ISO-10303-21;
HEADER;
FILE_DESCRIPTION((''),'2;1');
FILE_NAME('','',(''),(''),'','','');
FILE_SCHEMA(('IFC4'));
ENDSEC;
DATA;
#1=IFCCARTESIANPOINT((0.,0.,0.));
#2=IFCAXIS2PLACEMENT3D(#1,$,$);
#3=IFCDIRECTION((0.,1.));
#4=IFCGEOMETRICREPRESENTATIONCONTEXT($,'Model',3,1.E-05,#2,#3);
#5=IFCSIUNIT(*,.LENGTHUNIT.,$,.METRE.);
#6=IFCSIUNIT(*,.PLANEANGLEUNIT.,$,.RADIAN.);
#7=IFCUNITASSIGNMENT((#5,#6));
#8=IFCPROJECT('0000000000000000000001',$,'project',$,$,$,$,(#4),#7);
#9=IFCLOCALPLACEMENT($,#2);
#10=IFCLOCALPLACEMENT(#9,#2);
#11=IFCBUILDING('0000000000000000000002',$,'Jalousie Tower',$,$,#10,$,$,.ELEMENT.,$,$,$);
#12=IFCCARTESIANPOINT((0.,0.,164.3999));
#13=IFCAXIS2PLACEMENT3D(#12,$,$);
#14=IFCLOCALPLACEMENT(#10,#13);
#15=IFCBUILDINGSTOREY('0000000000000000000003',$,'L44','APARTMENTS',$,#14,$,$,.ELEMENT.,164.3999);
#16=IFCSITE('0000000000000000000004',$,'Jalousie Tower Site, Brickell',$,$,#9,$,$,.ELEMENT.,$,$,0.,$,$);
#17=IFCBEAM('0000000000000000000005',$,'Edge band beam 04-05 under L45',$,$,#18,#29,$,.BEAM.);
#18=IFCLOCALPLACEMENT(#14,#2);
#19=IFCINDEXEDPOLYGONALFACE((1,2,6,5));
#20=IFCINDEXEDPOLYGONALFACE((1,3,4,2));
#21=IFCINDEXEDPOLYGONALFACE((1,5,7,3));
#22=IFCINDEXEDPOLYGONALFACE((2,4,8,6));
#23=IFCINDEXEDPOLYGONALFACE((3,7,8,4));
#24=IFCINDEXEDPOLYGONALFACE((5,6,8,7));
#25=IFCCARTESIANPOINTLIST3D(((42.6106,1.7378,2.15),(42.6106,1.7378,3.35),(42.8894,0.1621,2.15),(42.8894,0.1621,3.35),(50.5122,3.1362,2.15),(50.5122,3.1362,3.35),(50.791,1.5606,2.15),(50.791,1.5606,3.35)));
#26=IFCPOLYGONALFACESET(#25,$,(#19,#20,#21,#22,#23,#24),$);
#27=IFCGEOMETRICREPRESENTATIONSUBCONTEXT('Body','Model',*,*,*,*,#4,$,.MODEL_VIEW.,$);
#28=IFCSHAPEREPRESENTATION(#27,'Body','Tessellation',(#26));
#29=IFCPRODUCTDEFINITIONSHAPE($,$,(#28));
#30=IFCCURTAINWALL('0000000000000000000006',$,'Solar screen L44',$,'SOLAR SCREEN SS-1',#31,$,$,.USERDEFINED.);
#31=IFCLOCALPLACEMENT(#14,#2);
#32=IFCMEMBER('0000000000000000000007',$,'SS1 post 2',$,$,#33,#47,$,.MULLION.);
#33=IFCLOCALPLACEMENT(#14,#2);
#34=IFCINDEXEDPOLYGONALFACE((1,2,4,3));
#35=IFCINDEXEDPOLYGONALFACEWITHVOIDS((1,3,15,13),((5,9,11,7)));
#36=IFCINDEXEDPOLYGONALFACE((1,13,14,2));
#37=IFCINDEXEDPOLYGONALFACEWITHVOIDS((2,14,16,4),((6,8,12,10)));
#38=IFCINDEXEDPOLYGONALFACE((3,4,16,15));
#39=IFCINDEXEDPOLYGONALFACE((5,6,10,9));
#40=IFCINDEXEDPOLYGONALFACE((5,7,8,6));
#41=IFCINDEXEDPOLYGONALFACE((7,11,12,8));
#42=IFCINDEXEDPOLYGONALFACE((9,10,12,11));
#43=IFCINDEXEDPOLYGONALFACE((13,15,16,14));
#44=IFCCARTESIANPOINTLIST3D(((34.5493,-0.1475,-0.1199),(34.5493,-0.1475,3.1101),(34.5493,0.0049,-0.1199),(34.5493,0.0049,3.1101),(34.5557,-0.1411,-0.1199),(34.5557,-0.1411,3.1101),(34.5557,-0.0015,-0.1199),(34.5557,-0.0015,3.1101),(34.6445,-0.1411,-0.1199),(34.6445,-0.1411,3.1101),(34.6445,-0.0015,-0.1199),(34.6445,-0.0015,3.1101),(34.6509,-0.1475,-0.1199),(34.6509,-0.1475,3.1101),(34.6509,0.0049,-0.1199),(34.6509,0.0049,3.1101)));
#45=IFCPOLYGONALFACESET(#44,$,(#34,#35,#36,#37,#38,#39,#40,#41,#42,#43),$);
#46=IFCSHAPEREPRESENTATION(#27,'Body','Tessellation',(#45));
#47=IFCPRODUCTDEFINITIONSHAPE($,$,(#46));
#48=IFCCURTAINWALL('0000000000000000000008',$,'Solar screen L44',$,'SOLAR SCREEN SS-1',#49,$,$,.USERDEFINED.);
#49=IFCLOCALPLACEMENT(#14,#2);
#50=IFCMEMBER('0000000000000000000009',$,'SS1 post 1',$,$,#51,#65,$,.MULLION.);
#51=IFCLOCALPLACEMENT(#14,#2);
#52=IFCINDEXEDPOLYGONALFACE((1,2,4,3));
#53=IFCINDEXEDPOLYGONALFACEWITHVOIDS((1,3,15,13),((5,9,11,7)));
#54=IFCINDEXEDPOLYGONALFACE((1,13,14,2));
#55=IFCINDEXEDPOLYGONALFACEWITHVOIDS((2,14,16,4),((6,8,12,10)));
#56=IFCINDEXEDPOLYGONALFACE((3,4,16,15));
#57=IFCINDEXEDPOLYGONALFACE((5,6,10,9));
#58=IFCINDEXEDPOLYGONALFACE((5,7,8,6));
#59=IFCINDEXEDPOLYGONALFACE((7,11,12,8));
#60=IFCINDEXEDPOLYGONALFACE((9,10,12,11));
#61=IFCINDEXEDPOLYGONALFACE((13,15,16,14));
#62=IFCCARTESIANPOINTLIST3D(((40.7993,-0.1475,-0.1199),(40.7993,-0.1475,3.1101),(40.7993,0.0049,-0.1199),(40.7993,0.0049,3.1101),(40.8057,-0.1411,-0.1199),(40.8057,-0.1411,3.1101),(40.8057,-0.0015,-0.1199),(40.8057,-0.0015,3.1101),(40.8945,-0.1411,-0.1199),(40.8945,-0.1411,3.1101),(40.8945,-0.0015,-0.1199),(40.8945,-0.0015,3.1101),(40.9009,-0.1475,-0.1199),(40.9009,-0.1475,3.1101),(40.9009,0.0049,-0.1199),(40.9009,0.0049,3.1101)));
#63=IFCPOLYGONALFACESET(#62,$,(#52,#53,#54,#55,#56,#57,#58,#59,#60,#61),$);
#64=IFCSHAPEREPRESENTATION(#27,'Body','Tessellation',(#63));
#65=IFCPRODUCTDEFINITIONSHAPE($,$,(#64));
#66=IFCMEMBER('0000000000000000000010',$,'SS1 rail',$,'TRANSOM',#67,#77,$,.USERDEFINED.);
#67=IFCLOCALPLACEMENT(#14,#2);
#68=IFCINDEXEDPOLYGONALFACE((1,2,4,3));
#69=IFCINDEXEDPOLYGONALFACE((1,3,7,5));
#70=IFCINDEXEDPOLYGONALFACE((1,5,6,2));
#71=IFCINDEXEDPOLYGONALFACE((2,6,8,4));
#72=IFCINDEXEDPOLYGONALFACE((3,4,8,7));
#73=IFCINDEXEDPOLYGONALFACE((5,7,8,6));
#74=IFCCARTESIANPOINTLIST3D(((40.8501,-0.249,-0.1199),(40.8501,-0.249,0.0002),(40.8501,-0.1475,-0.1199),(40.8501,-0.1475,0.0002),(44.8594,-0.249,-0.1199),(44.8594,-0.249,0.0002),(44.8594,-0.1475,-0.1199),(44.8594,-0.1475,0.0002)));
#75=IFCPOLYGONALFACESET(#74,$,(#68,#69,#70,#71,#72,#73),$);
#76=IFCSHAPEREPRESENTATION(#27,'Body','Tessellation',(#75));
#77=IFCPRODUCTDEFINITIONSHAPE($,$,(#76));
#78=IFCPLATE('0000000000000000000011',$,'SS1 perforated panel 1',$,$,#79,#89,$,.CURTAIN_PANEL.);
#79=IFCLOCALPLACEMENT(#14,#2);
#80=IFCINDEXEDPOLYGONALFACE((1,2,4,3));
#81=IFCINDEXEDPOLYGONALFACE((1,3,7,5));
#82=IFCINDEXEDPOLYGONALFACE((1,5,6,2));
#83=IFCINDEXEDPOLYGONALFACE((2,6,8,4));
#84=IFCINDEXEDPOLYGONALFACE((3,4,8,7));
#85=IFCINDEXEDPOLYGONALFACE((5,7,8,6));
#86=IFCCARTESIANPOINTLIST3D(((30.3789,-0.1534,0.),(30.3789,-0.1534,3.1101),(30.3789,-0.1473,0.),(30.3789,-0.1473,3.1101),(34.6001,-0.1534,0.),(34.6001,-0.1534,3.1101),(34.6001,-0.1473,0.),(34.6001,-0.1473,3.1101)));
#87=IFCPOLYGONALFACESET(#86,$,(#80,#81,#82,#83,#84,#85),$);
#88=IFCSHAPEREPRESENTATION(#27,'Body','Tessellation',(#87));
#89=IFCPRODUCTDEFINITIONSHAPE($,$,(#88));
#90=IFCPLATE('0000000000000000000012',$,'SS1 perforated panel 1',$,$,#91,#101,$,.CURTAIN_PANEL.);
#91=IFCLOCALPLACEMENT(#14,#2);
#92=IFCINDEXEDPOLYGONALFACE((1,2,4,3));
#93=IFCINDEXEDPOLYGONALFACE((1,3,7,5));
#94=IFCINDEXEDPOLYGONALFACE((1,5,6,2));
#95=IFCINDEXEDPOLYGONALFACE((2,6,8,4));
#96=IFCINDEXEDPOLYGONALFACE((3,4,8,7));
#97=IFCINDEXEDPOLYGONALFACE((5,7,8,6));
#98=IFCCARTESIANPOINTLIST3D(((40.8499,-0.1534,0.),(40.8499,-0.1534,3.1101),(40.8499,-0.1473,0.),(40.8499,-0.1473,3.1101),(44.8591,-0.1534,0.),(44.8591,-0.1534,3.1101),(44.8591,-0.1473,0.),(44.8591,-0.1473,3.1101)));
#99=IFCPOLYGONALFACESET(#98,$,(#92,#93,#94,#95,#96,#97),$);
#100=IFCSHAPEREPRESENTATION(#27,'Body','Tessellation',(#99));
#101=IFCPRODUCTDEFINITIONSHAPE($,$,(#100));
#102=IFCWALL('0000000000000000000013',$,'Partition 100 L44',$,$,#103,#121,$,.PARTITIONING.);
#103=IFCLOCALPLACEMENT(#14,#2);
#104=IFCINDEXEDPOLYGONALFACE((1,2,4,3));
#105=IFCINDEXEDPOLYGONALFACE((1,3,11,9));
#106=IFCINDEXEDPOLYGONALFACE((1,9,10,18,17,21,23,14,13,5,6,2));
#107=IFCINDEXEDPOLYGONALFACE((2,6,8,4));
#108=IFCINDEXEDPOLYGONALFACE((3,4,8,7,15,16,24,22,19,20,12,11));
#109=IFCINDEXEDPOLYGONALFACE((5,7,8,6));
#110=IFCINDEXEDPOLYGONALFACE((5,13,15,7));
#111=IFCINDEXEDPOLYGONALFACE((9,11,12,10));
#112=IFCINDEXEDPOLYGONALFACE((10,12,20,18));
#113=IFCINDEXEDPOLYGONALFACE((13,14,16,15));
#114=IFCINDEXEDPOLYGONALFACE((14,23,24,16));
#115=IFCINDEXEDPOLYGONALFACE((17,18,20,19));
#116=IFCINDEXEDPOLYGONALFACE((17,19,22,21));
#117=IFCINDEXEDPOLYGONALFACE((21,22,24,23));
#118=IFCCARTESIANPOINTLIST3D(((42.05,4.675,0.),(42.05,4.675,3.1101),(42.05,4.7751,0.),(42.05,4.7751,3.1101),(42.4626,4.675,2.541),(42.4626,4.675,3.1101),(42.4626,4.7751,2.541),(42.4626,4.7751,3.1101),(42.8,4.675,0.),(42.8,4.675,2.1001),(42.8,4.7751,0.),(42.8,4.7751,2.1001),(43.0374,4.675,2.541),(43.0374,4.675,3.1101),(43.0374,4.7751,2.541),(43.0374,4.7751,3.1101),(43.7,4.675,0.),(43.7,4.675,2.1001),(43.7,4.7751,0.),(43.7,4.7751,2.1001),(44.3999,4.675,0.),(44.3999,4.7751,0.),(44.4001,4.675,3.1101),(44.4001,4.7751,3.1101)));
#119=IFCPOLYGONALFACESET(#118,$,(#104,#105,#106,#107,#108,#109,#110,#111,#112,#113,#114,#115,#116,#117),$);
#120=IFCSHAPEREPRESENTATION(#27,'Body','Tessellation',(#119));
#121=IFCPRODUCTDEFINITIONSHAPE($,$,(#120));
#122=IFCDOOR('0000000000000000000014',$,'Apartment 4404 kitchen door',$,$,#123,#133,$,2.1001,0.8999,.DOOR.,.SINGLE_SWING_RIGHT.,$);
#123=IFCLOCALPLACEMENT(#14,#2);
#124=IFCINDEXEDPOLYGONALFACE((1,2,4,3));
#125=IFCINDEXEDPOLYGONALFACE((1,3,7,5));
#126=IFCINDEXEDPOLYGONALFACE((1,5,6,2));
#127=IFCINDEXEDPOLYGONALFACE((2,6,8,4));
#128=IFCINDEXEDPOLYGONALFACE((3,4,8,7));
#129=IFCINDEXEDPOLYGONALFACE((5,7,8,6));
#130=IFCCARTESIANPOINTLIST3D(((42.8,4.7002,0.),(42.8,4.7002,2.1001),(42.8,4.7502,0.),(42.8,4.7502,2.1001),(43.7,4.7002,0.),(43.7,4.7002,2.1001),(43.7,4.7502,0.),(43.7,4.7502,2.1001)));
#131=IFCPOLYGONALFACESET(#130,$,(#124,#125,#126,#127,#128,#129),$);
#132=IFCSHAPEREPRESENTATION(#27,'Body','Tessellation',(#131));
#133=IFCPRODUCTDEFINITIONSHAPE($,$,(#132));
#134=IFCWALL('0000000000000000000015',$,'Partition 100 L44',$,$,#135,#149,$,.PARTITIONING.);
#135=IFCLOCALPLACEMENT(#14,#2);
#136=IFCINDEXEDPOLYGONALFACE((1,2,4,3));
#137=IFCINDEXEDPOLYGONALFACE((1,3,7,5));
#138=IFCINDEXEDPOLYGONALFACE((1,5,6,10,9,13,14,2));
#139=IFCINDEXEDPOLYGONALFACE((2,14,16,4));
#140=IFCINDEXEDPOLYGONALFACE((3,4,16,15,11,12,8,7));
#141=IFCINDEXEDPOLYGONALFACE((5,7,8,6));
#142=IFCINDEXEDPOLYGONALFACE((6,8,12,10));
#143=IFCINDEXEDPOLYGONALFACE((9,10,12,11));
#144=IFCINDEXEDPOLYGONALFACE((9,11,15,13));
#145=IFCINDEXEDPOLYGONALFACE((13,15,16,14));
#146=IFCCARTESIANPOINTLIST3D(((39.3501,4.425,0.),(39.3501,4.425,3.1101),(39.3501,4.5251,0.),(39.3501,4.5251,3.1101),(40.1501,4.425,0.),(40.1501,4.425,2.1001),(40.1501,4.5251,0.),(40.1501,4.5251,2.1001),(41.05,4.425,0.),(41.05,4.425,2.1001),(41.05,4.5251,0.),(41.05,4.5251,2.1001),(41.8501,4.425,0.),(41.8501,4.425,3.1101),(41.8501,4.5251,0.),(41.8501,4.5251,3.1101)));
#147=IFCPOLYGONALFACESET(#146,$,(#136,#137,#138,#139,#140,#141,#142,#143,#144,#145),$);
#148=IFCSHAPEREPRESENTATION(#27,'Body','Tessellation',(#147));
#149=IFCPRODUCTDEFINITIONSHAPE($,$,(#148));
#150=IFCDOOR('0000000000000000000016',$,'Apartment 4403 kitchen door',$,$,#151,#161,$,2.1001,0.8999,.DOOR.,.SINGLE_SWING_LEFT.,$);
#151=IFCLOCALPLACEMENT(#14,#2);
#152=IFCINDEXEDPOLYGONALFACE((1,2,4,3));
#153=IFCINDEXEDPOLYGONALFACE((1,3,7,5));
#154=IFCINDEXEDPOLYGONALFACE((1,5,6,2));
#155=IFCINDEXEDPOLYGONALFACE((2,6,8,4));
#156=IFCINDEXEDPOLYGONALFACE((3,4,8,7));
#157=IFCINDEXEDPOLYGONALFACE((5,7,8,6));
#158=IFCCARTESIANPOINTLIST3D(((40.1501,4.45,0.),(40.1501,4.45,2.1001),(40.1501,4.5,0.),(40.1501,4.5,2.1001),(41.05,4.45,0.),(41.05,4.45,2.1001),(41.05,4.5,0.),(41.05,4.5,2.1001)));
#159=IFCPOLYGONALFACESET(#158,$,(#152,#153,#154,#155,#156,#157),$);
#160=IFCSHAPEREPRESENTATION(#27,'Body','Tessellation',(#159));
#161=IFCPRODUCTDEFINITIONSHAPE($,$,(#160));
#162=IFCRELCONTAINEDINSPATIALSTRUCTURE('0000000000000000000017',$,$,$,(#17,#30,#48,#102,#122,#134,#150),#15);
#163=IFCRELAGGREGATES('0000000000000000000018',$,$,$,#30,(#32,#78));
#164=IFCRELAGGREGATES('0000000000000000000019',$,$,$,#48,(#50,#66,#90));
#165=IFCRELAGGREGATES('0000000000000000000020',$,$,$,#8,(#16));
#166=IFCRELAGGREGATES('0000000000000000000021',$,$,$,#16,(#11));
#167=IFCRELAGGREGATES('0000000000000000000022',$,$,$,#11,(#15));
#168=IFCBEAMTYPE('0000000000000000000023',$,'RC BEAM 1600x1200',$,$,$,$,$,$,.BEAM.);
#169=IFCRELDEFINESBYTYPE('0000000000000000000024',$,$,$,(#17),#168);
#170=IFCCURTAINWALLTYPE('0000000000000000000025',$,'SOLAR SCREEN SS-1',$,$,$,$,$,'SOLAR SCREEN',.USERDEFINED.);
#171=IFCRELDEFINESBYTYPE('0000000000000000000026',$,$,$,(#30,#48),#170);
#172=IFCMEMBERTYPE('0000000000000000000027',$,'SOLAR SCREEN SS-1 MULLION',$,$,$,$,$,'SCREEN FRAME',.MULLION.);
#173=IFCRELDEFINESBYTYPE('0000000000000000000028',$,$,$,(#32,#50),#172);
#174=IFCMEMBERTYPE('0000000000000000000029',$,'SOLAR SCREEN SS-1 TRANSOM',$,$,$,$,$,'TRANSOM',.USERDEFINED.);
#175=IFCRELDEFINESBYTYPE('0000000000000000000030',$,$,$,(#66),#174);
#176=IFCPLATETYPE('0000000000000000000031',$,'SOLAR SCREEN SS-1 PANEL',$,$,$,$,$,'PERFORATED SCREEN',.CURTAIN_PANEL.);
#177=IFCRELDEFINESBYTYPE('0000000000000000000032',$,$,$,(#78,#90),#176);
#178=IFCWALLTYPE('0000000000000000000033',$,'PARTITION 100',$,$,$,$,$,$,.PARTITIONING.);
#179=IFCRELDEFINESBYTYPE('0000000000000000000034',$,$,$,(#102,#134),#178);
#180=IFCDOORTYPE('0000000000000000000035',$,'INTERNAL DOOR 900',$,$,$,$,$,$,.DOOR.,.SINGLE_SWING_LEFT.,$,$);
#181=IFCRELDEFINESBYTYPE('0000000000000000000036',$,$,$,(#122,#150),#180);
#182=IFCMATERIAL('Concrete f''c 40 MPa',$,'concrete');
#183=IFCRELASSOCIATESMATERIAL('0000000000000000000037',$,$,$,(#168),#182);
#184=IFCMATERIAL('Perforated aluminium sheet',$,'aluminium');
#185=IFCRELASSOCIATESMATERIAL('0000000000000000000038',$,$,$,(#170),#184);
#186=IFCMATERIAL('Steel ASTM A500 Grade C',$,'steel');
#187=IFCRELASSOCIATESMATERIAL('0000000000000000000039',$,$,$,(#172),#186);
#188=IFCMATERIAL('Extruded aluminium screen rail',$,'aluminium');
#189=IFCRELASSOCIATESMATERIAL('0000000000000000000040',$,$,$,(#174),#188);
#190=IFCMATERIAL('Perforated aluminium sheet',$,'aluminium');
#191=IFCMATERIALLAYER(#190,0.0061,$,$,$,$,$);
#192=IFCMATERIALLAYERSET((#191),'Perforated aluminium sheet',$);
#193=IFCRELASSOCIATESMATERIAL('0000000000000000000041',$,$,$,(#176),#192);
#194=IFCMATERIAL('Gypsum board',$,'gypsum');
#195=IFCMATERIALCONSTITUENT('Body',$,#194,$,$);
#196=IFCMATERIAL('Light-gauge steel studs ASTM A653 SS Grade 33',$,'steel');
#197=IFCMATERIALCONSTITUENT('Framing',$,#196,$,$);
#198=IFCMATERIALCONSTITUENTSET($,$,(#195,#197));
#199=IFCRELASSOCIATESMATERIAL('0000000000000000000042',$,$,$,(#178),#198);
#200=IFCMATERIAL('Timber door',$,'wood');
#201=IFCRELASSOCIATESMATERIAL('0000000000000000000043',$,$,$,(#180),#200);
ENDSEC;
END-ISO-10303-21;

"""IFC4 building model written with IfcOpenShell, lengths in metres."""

from ifc_helpers import new_model, si_unit, direction, frame, frame_2d, origin, origin_2d, place, context, subcontext, project, spatial, polyline, rectangle, hollow_rectangle, outline, extrude, material, layer, layer_set, constituent, constituent_set, material_profile, profile_set, type_object, element, fill, aggregate, save


model = new_model("IFC4")

# Units and contexts
model_context = context("Model", 3, precision=1e-05, world=origin(), true_north=direction((0.0, 1.0)))
body_context = subcontext(model_context, "Body", "Model", "MODEL_VIEW")
ifc_project = project(units=[si_unit("LENGTHUNIT", "METRE"), si_unit("PLANEANGLEUNIT", "RADIAN")], contexts=[model_context])

# Site, building, storey
site_placement = place(None, origin())
site = spatial("IfcSite", under=ifc_project, at=site_placement, Name="Jalousie Tower Site, Brickell", CompositionType="ELEMENT", RefElevation=0.0)
building_placement = place(site_placement, origin())
building = spatial("IfcBuilding", under=site, at=building_placement, Name="Jalousie Tower", CompositionType="ELEMENT")
storey_placement = place(building_placement, frame((0.0, 0.0, 164.3999)))
storey = spatial("IfcBuildingStorey", under=building, at=storey_placement, Name="L44", Description="APARTMENTS", CompositionType="ELEMENT", Elevation=164.3999)

# Beam
ifc_material_1 = material(Name="Concrete f'c 40 MPa", Category="concrete")
ifc_material_profile_1 = material_profile(ifc_material_1, rectangle(XDim=1.6001, YDim=1.2, at=origin_2d()), Name="RC 1600x1200")
ifc_profile_set_1 = profile_set([ifc_material_profile_1], Name="Concrete f'c 40 MPa")
beam_type_1 = type_object("IfcBeamType", Name="RC BEAM 1600x1200", PredefinedType="BEAM", material=ifc_profile_set_1)
beam_1_placement = place(storey_placement, frame((42.75, 0.95, 2.75), z_axis=(0.984697, 0.174273, 0.0), x_axis=(-0.174273, 0.984697, 0.0)))
element("IfcBeam", 1, at=beam_1_placement, inside=storey, type_object=beam_type_1, Name="Edge band beam 04-05 under L45", PredefinedType="BEAM", context=body_context, shape_type="SweptSolid", body=[
    extrude(rectangle(XDim=1.6001, YDim=1.2, at=origin_2d()), origin(), (0.0, 0.0, 1.0), 8.0244),
])

# Curtain wall, member
ifc_material_2 = material(Name="Perforated aluminium sheet", Category="aluminium")
curtain_wall_type = type_object("IfcCurtainWallType", Name="SOLAR SCREEN SS-1", ElementType="SOLAR SCREEN", PredefinedType="USERDEFINED", material=ifc_material_2)
curtain_wall_1_placement = place(storey_placement, origin())
curtain_wall_1 = element("IfcCurtainWall", 2, at=curtain_wall_1_placement, inside=storey, type_object=curtain_wall_type, Name="Solar screen L44", ObjectType="SOLAR SCREEN SS-1", PredefinedType="USERDEFINED")
ifc_material_3 = material(Name="Steel ASTM A500 Grade C", Category="steel")
ifc_material_profile_2 = material_profile(ifc_material_3, hollow_rectangle(XDim=0.1016, YDim=0.1523, WallThickness=0.0063, at=origin_2d()), Name="HSS6X4X1/4")
ifc_profile_set_2 = profile_set([ifc_material_profile_2], Name="Steel ASTM A500 Grade C")
member_type_1 = type_object("IfcMemberType", Name="SOLAR SCREEN SS-1 MULLION", ElementType="SCREEN FRAME", PredefinedType="MULLION", material=ifc_profile_set_2)
member_1_placement = place(storey_placement, frame((34.6001, -0.0713, -0.1199), z_axis=(0.0, 0.0, 1.0), x_axis=(1.0, 0.0, 0.0)))
member_1 = element("IfcMember", 3, at=member_1_placement, type_object=member_type_1, Name="SS1 post 2", PredefinedType="MULLION", context=body_context, shape_type="SweptSolid", body=[
    extrude(hollow_rectangle(XDim=0.1016, YDim=0.1523, WallThickness=0.0063, at=origin_2d()), origin(), (0.0, 0.0, 1.0), 3.23),
])

# Curtain wall, members
curtain_wall_2_placement = place(storey_placement, origin())
curtain_wall_2 = element("IfcCurtainWall", 4, at=curtain_wall_2_placement, inside=storey, type_object=curtain_wall_type, Name="Solar screen L44", ObjectType="SOLAR SCREEN SS-1", PredefinedType="USERDEFINED")
member_2_placement = place(storey_placement, frame((40.8501, -0.0713, -0.1199), z_axis=(0.0, 0.0, 1.0), x_axis=(1.0, 0.0, 0.0)))
member_2 = element("IfcMember", 5, at=member_2_placement, type_object=member_type_1, Name="SS1 post 1", PredefinedType="MULLION", context=body_context, shape_type="SweptSolid", body=[
    extrude(hollow_rectangle(XDim=0.1016, YDim=0.1523, WallThickness=0.0063, at=origin_2d()), origin(), (0.0, 0.0, 1.0), 3.23),
])
ifc_material_4 = material(Name="Extruded aluminium screen rail", Category="aluminium")
ifc_material_profile_3 = material_profile(ifc_material_4, rectangle(XDim=0.1016, YDim=0.1201, at=origin_2d()), Name="RAIL 102x120")
ifc_profile_set_3 = profile_set([ifc_material_profile_3], Name="Extruded aluminium screen rail")
member_type_2 = type_object("IfcMemberType", Name="SOLAR SCREEN SS-1 TRANSOM", ElementType="TRANSOM", PredefinedType="USERDEFINED", material=ifc_profile_set_3)
member_3_placement = place(storey_placement, frame((40.8501, -0.1982, -0.0598), z_axis=(1.0, 0.0, 0.0), x_axis=(0.0, 1.0, 0.0)))
member_3 = element("IfcMember", 6, at=member_3_placement, type_object=member_type_2, Name="SS1 rail", ObjectType="TRANSOM", PredefinedType="USERDEFINED", context=body_context, shape_type="SweptSolid", body=[
    extrude(rectangle(XDim=0.1016, YDim=0.1201, at=origin_2d()), origin(), (0.0, 0.0, 1.0), 4.0093),
])

# Plates
ifc_material_5 = material(Name="Perforated aluminium sheet", Category="aluminium")
ifc_layer_1 = layer(ifc_material_5, 0.0061)
ifc_layer_set_1 = layer_set([ifc_layer_1], Name="Perforated aluminium sheet")
plate_type = type_object("IfcPlateType", Name="SOLAR SCREEN SS-1 PANEL", ElementType="PERFORATED SCREEN", PredefinedType="CURTAIN_PANEL", material=ifc_layer_set_1)
plate_1_placement = place(storey_placement, frame((32.4895, -0.1504, 0.0), z_axis=(0.0, 0.0, 1.0), x_axis=(1.0, 0.0, 0.0)))
plate_1 = element("IfcPlate", 7, at=plate_1_placement, type_object=plate_type, Name="SS1 perforated panel 1", PredefinedType="CURTAIN_PANEL", context=body_context, shape_type="SweptSolid", body=[
    extrude(rectangle(XDim=4.2212, YDim=0.0061, at=origin_2d()), origin(), (0.0, 0.0, 1.0), 3.1101),
])
aggregate(curtain_wall_1, [member_1, plate_1])
plate_2_placement = place(storey_placement, frame((42.8545, -0.1504, 0.0), z_axis=(0.0, 0.0, 1.0), x_axis=(1.0, 0.0, 0.0)))
plate_2 = element("IfcPlate", 8, at=plate_2_placement, type_object=plate_type, Name="SS1 perforated panel 1", PredefinedType="CURTAIN_PANEL", context=body_context, shape_type="SweptSolid", body=[
    extrude(rectangle(XDim=4.0093, YDim=0.0061, at=origin_2d()), origin(), (0.0, 0.0, 1.0), 3.1101),
])
aggregate(curtain_wall_2, [member_2, member_3, plate_2])

# Walls, openings, doors
ifc_material_6 = material(Name="Gypsum board", Category="gypsum")
ifc_constituent_1 = constituent(ifc_material_6, Name="Body")
ifc_material_7 = material(Name="Light-gauge steel studs ASTM A653 SS Grade 33", Category="steel")
ifc_constituent_2 = constituent(ifc_material_7, Name="Framing")
ifc_constituent_set_1 = constituent_set(constituents=[ifc_constituent_1, ifc_constituent_2])
wall_type_1 = type_object("IfcWallType", Name="PARTITION 100", PredefinedType="PARTITIONING", material=ifc_constituent_set_1)
wall_1_placement = place(storey_placement, frame((42.05, 4.7251, 0.0), z_axis=(0.0, 0.0, 1.0), x_axis=(1.0, 0.0, 0.0)))
wall_1 = element("IfcWall", 9, at=wall_1_placement, inside=storey, type_object=wall_type_1, Name="Partition 100 L44", PredefinedType="PARTITIONING", context=body_context, shape_type="SweptSolid", body=[
    extrude(outline(polyline([(0.0, 0.0), (2.3499, 0.0), (2.3501, 3.1101), (0.9873, 3.1101), (0.9873, 2.541), (0.4126, 2.541), (0.4126, 3.1101), (0.0, 3.1101), (0.0, 0.0)])), frame((0.0, 0.05, 0.0), z_axis=(0.0, -1.0, 0.0), x_axis=(1.0, 0.0, 0.0)), (0.0, 0.0, 1.0), 0.1001),
])
opening_1_placement = place(wall_1_placement, frame((0.75, 0.0, 0.0)))
opening_1 = element("IfcOpeningElement", 10, at=opening_1_placement, cuts=wall_1, PredefinedType="OPENING", context=body_context, shape_type="SweptSolid", body=[
    extrude(rectangle(XDim=0.8999, YDim=2.1001, at=frame_2d((0.45, 1.05))), frame((0.0, 0.0601, 0.0), z_axis=(0.0, -1.0, 0.0), x_axis=(1.0, 0.0, 0.0)), (0.0, 0.0, 1.0), 0.1201),
])
ifc_material_8 = material(Name="Timber door", Category="wood")
door_type = type_object("IfcDoorType", Name="INTERNAL DOOR 900", OperationType="SINGLE_SWING_LEFT", PredefinedType="DOOR", material=ifc_material_8)
door_1_placement = place(opening_1_placement, frame((0.8999, 0.0, 0.0), z_axis=(0.0, 0.0, 1.0), x_axis=(-1.0, 0.0, 0.0)))
door_1 = element("IfcDoor", 11, at=door_1_placement, inside=storey, type_object=door_type, Name="Apartment 4404 kitchen door", OperationType="SINGLE_SWING_RIGHT", OverallHeight=2.1001, OverallWidth=0.8999, PredefinedType="DOOR", context=body_context, shape_type="SweptSolid", body=[
    extrude(rectangle(XDim=0.8999, YDim=2.1001, at=frame_2d((0.45, 1.05))), frame((0.0, 0.0249, 0.0), z_axis=(0.0, -1.0, 0.0), x_axis=(1.0, 0.0, 0.0)), (0.0, 0.0, 1.0), 0.05),
])
fill(opening_1, door_1)
wall_2_placement = place(storey_placement, frame((41.8501, 4.4751, 0.0), z_axis=(0.0, 0.0, 1.0), x_axis=(-1.0, 0.0, 0.0)))
wall_2 = element("IfcWall", 12, at=wall_2_placement, inside=storey, type_object=wall_type_1, Name="Partition 100 L44", PredefinedType="PARTITIONING", context=body_context, shape_type="SweptSolid", body=[
    extrude(rectangle(XDim=2.5, YDim=0.1001, at=frame_2d((1.25, 0.0))), origin(), (0.0, 0.0, 1.0), 3.1101),
])
opening_2_placement = place(wall_2_placement, frame((0.8, 0.0, 0.0)))
opening_2 = element("IfcOpeningElement", 13, at=opening_2_placement, cuts=wall_2, PredefinedType="OPENING", context=body_context, shape_type="SweptSolid", body=[
    extrude(rectangle(XDim=0.8999, YDim=2.1001, at=frame_2d((0.45, 1.05))), frame((0.0, 0.0601, 0.0), z_axis=(0.0, -1.0, 0.0), x_axis=(1.0, 0.0, 0.0)), (0.0, 0.0, 1.0), 0.1201),
])
door_2_placement = place(opening_2_placement, frame((0.8999, 0.0, 0.0), z_axis=(0.0, 0.0, 1.0), x_axis=(-1.0, 0.0, 0.0)))
door_2 = element("IfcDoor", 14, at=door_2_placement, inside=storey, type_object=door_type, Name="Apartment 4403 kitchen door", OperationType="SINGLE_SWING_LEFT", OverallHeight=2.1001, OverallWidth=0.8999, PredefinedType="DOOR", context=body_context, shape_type="SweptSolid", body=[
    extrude(rectangle(XDim=0.8999, YDim=2.1001, at=frame_2d((0.45, 1.05))), frame((0.0, 0.0249, 0.0), z_axis=(0.0, -1.0, 0.0), x_axis=(1.0, 0.0, 0.0)), (0.0, 0.0, 1.0), 0.05),
])
fill(opening_2, door_2)

save(model, "model.ifc")
